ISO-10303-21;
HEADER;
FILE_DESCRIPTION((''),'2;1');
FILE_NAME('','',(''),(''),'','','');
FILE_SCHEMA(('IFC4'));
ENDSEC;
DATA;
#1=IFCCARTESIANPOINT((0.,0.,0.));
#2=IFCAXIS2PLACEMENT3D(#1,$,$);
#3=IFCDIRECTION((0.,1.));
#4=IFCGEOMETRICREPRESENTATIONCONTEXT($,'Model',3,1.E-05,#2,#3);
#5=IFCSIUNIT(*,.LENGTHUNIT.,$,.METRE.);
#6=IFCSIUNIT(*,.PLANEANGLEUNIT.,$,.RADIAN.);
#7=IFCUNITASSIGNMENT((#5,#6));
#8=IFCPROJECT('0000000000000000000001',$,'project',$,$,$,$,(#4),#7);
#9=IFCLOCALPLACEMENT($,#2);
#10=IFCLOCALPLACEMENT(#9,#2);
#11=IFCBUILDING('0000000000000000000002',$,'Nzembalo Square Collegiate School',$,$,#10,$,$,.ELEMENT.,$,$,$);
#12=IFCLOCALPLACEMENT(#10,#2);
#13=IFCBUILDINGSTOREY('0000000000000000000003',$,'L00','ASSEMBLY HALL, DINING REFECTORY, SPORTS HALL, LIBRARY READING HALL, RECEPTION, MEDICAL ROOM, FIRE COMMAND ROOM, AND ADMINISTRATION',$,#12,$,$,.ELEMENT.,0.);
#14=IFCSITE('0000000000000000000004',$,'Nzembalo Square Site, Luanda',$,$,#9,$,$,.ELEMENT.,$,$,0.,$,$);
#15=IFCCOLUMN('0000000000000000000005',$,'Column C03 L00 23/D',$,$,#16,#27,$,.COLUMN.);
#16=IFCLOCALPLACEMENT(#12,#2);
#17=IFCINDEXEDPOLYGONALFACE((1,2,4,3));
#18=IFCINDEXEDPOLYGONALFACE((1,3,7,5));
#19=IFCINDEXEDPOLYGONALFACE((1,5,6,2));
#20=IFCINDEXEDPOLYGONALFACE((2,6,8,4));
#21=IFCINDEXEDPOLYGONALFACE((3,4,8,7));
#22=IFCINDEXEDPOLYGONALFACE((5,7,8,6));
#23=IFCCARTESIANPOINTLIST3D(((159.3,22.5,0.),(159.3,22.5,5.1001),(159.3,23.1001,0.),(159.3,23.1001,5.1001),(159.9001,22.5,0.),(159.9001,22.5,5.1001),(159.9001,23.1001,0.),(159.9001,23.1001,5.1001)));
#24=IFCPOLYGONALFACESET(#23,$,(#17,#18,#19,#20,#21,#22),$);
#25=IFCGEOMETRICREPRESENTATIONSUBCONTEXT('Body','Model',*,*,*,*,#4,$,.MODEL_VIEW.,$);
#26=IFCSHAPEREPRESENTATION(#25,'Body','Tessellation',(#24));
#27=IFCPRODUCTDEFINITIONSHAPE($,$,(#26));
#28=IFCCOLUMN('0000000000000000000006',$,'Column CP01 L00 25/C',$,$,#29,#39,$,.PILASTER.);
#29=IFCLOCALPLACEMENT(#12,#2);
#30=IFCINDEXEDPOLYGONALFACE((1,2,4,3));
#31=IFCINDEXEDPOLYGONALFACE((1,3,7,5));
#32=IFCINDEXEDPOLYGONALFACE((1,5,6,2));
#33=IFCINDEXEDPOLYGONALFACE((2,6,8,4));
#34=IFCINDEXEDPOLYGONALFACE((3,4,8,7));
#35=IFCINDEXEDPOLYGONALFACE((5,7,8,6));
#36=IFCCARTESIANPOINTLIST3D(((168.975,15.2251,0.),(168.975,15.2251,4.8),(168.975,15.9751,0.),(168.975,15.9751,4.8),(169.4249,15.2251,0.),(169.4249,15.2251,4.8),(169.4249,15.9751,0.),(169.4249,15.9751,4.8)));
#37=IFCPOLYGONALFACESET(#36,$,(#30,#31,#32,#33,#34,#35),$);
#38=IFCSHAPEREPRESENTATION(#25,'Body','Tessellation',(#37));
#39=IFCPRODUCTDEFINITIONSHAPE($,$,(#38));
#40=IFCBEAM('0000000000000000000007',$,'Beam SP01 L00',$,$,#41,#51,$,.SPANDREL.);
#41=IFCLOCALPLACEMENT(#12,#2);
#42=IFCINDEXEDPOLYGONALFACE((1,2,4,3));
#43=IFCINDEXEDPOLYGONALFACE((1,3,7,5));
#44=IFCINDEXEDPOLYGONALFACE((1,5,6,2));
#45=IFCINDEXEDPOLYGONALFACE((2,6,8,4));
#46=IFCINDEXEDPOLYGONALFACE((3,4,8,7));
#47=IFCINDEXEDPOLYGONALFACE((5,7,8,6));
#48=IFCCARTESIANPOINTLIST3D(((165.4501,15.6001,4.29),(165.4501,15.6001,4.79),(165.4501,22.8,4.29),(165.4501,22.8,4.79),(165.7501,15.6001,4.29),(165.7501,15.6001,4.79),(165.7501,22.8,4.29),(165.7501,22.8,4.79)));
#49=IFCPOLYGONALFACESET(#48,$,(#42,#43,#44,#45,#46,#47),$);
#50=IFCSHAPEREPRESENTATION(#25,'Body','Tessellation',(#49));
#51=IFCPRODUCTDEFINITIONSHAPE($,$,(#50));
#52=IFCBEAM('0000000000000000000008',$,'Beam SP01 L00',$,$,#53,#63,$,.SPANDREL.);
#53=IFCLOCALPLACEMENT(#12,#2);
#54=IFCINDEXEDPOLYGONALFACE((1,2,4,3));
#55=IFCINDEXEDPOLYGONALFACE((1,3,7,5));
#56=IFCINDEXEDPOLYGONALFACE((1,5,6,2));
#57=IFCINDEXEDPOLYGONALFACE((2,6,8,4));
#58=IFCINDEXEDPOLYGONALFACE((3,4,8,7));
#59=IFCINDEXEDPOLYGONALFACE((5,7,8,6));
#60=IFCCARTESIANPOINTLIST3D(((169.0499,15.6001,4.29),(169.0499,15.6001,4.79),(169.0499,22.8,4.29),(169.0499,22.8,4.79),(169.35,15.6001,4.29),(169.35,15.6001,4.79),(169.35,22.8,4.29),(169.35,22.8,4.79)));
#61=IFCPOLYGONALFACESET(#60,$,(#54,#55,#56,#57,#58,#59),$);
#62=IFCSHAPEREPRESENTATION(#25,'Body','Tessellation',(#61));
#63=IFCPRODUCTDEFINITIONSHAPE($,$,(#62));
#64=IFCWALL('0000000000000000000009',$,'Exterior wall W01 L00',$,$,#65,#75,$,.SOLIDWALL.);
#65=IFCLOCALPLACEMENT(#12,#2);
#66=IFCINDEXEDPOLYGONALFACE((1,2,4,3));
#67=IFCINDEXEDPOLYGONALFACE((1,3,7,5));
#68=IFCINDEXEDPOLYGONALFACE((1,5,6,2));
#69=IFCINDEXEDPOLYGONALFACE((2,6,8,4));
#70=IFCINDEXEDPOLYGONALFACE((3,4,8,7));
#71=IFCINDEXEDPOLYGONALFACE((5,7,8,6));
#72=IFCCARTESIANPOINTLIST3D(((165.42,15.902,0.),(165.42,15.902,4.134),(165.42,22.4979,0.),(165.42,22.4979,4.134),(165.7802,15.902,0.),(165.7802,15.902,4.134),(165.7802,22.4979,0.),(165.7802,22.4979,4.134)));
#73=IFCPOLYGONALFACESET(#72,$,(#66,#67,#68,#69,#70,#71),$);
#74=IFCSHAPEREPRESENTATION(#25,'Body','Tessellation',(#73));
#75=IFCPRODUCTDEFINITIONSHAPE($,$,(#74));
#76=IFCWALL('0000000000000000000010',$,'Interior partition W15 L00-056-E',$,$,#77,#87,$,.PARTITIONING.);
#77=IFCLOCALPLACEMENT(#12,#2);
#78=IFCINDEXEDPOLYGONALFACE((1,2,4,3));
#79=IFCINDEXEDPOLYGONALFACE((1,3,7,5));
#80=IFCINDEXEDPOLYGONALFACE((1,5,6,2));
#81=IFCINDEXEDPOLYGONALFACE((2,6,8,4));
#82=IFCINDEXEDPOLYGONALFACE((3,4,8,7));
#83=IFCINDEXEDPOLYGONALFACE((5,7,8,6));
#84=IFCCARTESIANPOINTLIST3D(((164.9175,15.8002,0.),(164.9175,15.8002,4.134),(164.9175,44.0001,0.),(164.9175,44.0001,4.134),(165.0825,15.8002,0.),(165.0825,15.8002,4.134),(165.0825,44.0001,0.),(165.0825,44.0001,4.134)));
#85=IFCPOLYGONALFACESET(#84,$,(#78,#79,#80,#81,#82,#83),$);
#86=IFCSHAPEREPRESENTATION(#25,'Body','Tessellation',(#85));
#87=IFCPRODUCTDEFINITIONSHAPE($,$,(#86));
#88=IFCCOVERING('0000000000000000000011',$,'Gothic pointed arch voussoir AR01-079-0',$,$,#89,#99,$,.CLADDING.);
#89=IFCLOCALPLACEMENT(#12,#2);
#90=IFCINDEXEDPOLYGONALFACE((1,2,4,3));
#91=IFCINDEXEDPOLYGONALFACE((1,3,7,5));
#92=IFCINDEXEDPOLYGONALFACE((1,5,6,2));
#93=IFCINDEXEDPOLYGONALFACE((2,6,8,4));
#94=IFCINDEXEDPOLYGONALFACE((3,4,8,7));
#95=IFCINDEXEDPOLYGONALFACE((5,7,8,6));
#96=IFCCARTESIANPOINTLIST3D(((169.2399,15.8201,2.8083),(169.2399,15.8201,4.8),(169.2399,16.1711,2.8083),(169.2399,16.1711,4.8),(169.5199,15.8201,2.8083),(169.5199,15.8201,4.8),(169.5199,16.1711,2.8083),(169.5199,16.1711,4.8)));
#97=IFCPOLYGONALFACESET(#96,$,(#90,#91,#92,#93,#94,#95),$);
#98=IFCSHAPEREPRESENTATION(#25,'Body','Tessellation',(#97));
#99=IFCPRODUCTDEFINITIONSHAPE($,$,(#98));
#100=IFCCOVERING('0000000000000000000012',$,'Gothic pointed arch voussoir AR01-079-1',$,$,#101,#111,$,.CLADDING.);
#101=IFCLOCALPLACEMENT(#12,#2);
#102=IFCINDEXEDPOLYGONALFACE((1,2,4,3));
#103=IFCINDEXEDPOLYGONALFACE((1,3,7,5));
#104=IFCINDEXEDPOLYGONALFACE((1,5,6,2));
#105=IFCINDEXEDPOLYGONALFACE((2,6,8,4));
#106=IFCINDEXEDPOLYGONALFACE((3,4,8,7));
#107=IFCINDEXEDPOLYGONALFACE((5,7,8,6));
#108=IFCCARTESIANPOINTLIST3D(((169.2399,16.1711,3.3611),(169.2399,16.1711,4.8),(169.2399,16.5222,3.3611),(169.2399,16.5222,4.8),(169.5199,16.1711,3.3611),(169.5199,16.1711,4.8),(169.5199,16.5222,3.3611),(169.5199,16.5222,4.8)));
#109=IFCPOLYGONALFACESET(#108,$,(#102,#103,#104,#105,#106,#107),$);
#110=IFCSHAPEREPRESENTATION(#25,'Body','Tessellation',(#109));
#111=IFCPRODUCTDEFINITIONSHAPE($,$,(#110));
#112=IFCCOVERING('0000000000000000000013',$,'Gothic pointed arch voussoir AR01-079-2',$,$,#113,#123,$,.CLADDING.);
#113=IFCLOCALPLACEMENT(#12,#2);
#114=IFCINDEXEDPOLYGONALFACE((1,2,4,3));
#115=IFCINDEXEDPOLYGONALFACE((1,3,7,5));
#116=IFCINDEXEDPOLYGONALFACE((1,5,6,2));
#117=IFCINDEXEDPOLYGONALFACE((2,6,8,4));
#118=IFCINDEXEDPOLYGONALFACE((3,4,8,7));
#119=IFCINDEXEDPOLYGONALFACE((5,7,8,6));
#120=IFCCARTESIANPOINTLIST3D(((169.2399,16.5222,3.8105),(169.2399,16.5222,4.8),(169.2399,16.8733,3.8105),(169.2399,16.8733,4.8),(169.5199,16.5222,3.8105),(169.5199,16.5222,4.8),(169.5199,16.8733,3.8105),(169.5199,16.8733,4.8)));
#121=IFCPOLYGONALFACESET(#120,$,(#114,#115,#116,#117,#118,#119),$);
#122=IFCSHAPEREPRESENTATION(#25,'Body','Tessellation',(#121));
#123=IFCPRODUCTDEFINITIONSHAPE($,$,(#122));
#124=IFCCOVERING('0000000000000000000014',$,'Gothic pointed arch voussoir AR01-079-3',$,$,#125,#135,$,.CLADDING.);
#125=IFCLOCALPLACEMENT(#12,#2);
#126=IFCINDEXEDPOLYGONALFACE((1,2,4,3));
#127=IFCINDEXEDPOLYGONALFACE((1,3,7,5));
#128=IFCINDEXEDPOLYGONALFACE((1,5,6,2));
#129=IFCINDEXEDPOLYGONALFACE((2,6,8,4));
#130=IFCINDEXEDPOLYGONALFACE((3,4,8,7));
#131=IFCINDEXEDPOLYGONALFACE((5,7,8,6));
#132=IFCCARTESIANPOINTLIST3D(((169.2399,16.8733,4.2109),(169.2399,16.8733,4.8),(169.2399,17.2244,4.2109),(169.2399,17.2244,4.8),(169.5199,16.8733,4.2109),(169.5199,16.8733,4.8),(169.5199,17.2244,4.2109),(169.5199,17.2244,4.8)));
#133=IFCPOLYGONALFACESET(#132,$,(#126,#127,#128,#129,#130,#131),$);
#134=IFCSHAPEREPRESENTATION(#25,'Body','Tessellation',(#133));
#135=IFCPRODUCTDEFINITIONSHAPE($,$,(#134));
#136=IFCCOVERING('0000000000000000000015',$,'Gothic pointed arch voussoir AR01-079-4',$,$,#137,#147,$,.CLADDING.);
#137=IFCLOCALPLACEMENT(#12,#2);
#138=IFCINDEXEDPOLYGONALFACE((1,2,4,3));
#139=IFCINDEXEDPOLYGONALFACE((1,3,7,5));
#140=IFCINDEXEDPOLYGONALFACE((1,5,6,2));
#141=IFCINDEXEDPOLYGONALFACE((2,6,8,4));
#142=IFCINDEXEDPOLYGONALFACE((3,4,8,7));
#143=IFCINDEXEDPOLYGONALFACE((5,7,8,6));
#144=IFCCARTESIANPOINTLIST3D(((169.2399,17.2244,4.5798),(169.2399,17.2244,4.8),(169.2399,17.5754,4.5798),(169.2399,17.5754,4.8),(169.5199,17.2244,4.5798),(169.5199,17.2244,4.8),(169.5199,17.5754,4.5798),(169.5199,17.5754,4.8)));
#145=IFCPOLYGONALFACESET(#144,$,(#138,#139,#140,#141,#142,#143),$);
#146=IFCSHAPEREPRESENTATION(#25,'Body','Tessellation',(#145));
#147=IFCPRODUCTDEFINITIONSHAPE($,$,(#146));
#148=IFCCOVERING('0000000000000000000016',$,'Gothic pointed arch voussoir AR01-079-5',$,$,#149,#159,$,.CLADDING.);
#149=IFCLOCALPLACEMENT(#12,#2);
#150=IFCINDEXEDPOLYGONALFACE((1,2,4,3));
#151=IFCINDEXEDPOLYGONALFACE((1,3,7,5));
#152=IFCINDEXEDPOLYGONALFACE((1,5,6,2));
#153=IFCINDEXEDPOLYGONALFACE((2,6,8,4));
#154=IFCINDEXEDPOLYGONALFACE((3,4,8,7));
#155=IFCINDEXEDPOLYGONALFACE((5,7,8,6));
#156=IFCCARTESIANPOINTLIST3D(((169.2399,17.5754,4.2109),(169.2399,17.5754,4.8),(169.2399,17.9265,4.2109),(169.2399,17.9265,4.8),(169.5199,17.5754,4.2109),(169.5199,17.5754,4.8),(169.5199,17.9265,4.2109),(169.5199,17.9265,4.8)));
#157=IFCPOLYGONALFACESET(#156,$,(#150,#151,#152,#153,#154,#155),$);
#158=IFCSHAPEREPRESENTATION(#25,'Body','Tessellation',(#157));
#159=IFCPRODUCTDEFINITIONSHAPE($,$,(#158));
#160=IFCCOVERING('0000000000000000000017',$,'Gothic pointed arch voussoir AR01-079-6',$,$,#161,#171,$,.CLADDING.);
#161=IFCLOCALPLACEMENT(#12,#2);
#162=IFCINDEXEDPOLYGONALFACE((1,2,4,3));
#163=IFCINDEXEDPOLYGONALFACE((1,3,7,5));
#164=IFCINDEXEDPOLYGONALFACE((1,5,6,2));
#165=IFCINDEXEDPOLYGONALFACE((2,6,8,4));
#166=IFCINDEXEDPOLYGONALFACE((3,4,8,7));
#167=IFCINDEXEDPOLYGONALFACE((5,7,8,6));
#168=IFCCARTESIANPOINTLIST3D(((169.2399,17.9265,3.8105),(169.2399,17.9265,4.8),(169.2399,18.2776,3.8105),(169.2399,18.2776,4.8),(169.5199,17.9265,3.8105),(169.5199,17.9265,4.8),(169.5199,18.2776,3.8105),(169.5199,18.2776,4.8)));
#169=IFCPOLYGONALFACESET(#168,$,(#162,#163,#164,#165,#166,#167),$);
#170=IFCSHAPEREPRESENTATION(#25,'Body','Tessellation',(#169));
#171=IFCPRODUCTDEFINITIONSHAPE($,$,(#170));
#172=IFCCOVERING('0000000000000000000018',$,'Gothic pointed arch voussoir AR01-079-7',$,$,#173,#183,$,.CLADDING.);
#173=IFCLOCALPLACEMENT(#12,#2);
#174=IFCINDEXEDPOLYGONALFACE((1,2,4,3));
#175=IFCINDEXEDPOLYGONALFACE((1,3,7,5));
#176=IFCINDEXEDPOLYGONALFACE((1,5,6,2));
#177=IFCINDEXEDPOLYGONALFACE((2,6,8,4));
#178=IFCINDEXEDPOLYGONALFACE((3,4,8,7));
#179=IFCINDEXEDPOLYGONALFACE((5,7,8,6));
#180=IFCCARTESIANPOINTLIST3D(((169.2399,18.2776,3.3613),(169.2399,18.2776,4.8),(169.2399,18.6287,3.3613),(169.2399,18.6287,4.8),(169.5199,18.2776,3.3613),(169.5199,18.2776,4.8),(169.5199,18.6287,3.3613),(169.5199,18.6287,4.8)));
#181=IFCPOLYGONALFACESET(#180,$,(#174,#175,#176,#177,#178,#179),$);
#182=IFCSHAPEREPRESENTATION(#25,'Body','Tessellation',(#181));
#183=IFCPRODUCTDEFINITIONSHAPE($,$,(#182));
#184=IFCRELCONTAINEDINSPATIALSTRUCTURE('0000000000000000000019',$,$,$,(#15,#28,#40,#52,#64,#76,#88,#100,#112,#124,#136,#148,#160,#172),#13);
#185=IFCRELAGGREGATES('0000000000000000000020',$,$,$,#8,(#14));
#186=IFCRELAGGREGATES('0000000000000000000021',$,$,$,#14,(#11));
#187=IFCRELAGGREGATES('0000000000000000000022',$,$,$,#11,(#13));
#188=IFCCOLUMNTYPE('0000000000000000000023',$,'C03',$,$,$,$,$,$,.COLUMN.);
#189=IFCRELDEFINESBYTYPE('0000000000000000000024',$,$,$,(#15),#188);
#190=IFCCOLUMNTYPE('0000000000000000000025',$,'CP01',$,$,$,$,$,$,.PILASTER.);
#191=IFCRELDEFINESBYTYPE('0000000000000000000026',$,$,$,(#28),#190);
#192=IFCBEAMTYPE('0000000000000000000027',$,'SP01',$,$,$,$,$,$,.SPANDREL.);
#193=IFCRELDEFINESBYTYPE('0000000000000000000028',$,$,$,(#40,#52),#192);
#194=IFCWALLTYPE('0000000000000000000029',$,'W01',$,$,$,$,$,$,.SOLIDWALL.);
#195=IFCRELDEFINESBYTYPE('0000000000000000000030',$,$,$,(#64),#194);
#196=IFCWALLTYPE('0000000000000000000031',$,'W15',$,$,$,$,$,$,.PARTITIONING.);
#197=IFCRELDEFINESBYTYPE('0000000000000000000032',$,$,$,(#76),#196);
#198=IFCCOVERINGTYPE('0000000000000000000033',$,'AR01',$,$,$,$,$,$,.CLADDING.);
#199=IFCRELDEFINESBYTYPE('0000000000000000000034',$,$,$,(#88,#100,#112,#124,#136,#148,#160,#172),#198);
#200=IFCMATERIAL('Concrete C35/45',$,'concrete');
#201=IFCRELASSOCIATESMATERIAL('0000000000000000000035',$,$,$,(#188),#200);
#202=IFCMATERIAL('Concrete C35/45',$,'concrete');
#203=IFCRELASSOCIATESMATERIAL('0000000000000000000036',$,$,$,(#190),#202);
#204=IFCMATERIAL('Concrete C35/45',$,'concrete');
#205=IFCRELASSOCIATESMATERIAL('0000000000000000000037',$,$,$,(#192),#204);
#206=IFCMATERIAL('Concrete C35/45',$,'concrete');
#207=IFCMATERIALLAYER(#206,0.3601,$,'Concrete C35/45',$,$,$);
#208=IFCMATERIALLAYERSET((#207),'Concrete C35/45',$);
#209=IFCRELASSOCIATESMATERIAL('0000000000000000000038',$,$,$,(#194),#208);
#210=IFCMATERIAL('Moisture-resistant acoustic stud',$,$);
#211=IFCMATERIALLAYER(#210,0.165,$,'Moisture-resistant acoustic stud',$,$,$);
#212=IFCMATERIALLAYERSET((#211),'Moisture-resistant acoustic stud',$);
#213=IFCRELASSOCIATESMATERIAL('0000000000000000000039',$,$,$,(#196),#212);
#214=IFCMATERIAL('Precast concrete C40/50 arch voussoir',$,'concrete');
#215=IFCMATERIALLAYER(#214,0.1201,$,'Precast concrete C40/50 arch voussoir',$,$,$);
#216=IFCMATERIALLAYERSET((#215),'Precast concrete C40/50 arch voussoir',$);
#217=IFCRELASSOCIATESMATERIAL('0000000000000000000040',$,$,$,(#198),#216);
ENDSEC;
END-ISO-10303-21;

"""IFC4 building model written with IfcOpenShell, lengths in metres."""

from ifc_helpers import new_model, si_unit, direction, frame, frame_2d, origin, origin_2d, place, context, subcontext, project, spatial, rectangle, extrude, material, layer, layer_set, material_profile, profile_set, type_object, element, save


model = new_model("IFC4")

# Units and contexts
model_context = context("Model", 3, precision=1e-05, world=origin(), true_north=direction((0.0, 1.0)))
body_context = subcontext(model_context, "Body", "Model", "MODEL_VIEW")
ifc_project = project(units=[si_unit("LENGTHUNIT", "METRE"), si_unit("PLANEANGLEUNIT", "RADIAN")], contexts=[model_context])

# Site, building, storey
site_placement = place(None, origin())
site = spatial("IfcSite", under=ifc_project, at=site_placement, Name="Nzembalo Square Site, Luanda", CompositionType="ELEMENT", RefElevation=0.0)
building_placement = place(site_placement, origin())
building = spatial("IfcBuilding", under=site, at=building_placement, Name="Nzembalo Square Collegiate School", CompositionType="ELEMENT")
storey_placement = place(building_placement, origin())
storey = spatial("IfcBuildingStorey", under=building, at=storey_placement, Name="L00", Description="ASSEMBLY HALL, DINING REFECTORY, SPORTS HALL, LIBRARY READING HALL, RECEPTION, MEDICAL ROOM, FIRE COMMAND ROOM, AND ADMINISTRATION", CompositionType="ELEMENT", Elevation=0.0)

# Columns
ifc_material_1 = material(Name="Concrete C35/45", Category="concrete")
ifc_material_profile_1 = material_profile(ifc_material_1, rectangle(XDim=0.6001, YDim=0.6001, at=origin_2d()), Name="RC 600x600")
ifc_profile_set_1 = profile_set([ifc_material_profile_1], Name="Concrete C35/45")
column_type_1 = type_object("IfcColumnType", Name="C03", PredefinedType="COLUMN", material=ifc_profile_set_1)
column_1_placement = place(storey_placement, frame((159.6001, 22.8, 0.0), z_axis=(0.0, 0.0, 1.0), x_axis=(1.0, 0.0, 0.0)))
element("IfcColumn", 1, at=column_1_placement, inside=storey, type_object=column_type_1, Name="Column C03 L00 23/D", PredefinedType="COLUMN", context=body_context, shape_type="SweptSolid", body=[
    extrude(rectangle(XDim=0.6001, YDim=0.6001, at=origin_2d()), origin(), (0.0, 0.0, 1.0), 5.1001),
])
ifc_material_2 = material(Name="Concrete C35/45", Category="concrete")
ifc_material_profile_2 = material_profile(ifc_material_2, rectangle(XDim=0.45, YDim=0.75, at=origin_2d()), Name="RC 450x750")
ifc_profile_set_2 = profile_set([ifc_material_profile_2], Name="Concrete C35/45")
column_type_2 = type_object("IfcColumnType", Name="CP01", PredefinedType="PILASTER", material=ifc_profile_set_2)
column_2_placement = place(storey_placement, frame((169.2, 15.6001, 0.0), z_axis=(0.0, 0.0, 1.0), x_axis=(1.0, 0.0, 0.0)))
element("IfcColumn", 2, at=column_2_placement, inside=storey, type_object=column_type_2, Name="Column CP01 L00 25/C", PredefinedType="PILASTER", context=body_context, shape_type="SweptSolid", body=[
    extrude(rectangle(XDim=0.45, YDim=0.75, at=origin_2d()), origin(), (0.0, 0.0, 1.0), 4.8),
])

# Beams
ifc_material_3 = material(Name="Concrete C35/45", Category="concrete")
ifc_material_profile_3 = material_profile(ifc_material_3, rectangle(XDim=0.3, YDim=0.5, at=origin_2d()), Name="RC 300x500")
ifc_profile_set_3 = profile_set([ifc_material_profile_3], Name="Concrete C35/45")
beam_type = type_object("IfcBeamType", Name="SP01", PredefinedType="SPANDREL", material=ifc_profile_set_3)
for number, where, z_axis, x_axis, name in (
    (3, (165.6001, 15.6001, 4.54), (0.0, 1.0, 0.0), (-1.0, 0.0, 0.0), "Beam SP01 L00"),
    (4, (169.2, 15.6001, 4.54), (0.0, 1.0, 0.0), (-1.0, 0.0, 0.0), "Beam SP01 L00"),
):
    element("IfcBeam", number, at=place(storey_placement, frame(where, z_axis=z_axis, x_axis=x_axis)), inside=storey, type_object=beam_type, Name=name, PredefinedType="SPANDREL", context=body_context, shape_type="SweptSolid", body=[
        extrude(rectangle(XDim=0.3, YDim=0.5, at=origin_2d()), origin(), (0.0, 0.0, 1.0), 7.2),
    ])

# Walls
ifc_material_4 = material(Name="Concrete C35/45", Category="concrete")
ifc_layer_1 = layer(ifc_material_4, 0.3601, Name="Concrete C35/45")
ifc_layer_set_1 = layer_set([ifc_layer_1], Name="Concrete C35/45")
wall_type_1 = type_object("IfcWallType", Name="W01", PredefinedType="SOLIDWALL", material=ifc_layer_set_1)
wall_1_placement = place(storey_placement, frame((165.6001, 15.9021, 0.0), z_axis=(0.0, 0.0, 1.0), x_axis=(0.0, 1.0, 0.0)))
element("IfcWall", 5, at=wall_1_placement, inside=storey, type_object=wall_type_1, Name="Exterior wall W01 L00", PredefinedType="SOLIDWALL", context=body_context, shape_type="SweptSolid", body=[
    extrude(rectangle(XDim=6.5959, YDim=0.3601, at=frame_2d((3.2979, 0.0))), origin(), (0.0, 0.0, 1.0), 4.134),
])
ifc_material_5 = material(Name="Moisture-resistant acoustic stud")
ifc_layer_2 = layer(ifc_material_5, 0.165, Name="Moisture-resistant acoustic stud")
ifc_layer_set_2 = layer_set([ifc_layer_2], Name="Moisture-resistant acoustic stud")
wall_type_2 = type_object("IfcWallType", Name="W15", PredefinedType="PARTITIONING", material=ifc_layer_set_2)
wall_2_placement = place(storey_placement, frame((165.0, 15.8, 0.0), z_axis=(0.0, 0.0, 1.0), x_axis=(0.0, 1.0, 0.0)))
element("IfcWall", 6, at=wall_2_placement, inside=storey, type_object=wall_type_2, Name="Interior partition W15 L00-056-E", PredefinedType="PARTITIONING", context=body_context, shape_type="SweptSolid", body=[
    extrude(rectangle(XDim=28.2, YDim=0.165, at=frame_2d((14.1001, 0.0))), origin(), (0.0, 0.0, 1.0), 4.134),
])

# Coverings
ifc_material_6 = material(Name="Precast concrete C40/50 arch voussoir", Category="concrete")
ifc_layer_3 = layer(ifc_material_6, 0.1201, Name="Precast concrete C40/50 arch voussoir")
ifc_layer_set_3 = layer_set([ifc_layer_3], Name="Precast concrete C40/50 arch voussoir")
covering_type = type_object("IfcCoveringType", Name="AR01", PredefinedType="CLADDING", material=ifc_layer_set_3)
covering_1_placement = place(storey_placement, frame((169.3799, 15.9956, 2.8083), z_axis=(0.0, 0.0, 1.0), x_axis=(1.0, 0.0, 0.0)))
element("IfcCovering", 7, at=covering_1_placement, inside=storey, type_object=covering_type, Name="Gothic pointed arch voussoir AR01-079-0", PredefinedType="CLADDING", context=body_context, shape_type="SweptSolid", body=[
    extrude(rectangle(XDim=0.28, YDim=0.3511, at=origin_2d()), origin(), (0.0, 0.0, 1.0), 1.9917),
])
covering_2_placement = place(storey_placement, frame((169.3799, 16.3467, 3.3611), z_axis=(0.0, 0.0, 1.0), x_axis=(1.0, 0.0, 0.0)))
element("IfcCovering", 8, at=covering_2_placement, inside=storey, type_object=covering_type, Name="Gothic pointed arch voussoir AR01-079-1", PredefinedType="CLADDING", context=body_context, shape_type="SweptSolid", body=[
    extrude(rectangle(XDim=0.28, YDim=0.3511, at=origin_2d()), origin(), (0.0, 0.0, 1.0), 1.439),
])
covering_3_placement = place(storey_placement, frame((169.3799, 16.6978, 3.8105), z_axis=(0.0, 0.0, 1.0), x_axis=(1.0, 0.0, 0.0)))
element("IfcCovering", 9, at=covering_3_placement, inside=storey, type_object=covering_type, Name="Gothic pointed arch voussoir AR01-079-2", PredefinedType="CLADDING", context=body_context, shape_type="SweptSolid", body=[
    extrude(rectangle(XDim=0.28, YDim=0.3511, at=origin_2d()), origin(), (0.0, 0.0, 1.0), 0.9895),
])
covering_4_placement = place(storey_placement, frame((169.3799, 17.0488, 4.2109), z_axis=(0.0, 0.0, 1.0), x_axis=(1.0, 0.0, 0.0)))
element("IfcCovering", 10, at=covering_4_placement, inside=storey, type_object=covering_type, Name="Gothic pointed arch voussoir AR01-079-3", PredefinedType="CLADDING", context=body_context, shape_type="SweptSolid", body=[
    extrude(rectangle(XDim=0.28, YDim=0.3511, at=origin_2d()), origin(), (0.0, 0.0, 1.0), 0.5891),
])
covering_5_placement = place(storey_placement, frame((169.3799, 17.3999, 4.5798), z_axis=(0.0, 0.0, 1.0), x_axis=(1.0, 0.0, 0.0)))
element("IfcCovering", 11, at=covering_5_placement, inside=storey, type_object=covering_type, Name="Gothic pointed arch voussoir AR01-079-4", PredefinedType="CLADDING", context=body_context, shape_type="SweptSolid", body=[
    extrude(rectangle(XDim=0.28, YDim=0.3511, at=origin_2d()), origin(), (0.0, 0.0, 1.0), 0.2202),
])
covering_6_placement = place(storey_placement, frame((169.3799, 17.751, 4.2109), z_axis=(0.0, 0.0, 1.0), x_axis=(1.0, 0.0, 0.0)))
element("IfcCovering", 12, at=covering_6_placement, inside=storey, type_object=covering_type, Name="Gothic pointed arch voussoir AR01-079-5", PredefinedType="CLADDING", context=body_context, shape_type="SweptSolid", body=[
    extrude(rectangle(XDim=0.28, YDim=0.3511, at=origin_2d()), origin(), (0.0, 0.0, 1.0), 0.5891),
])
covering_7_placement = place(storey_placement, frame((169.3799, 18.1021, 3.8105), z_axis=(0.0, 0.0, 1.0), x_axis=(1.0, 0.0, 0.0)))
element("IfcCovering", 13, at=covering_7_placement, inside=storey, type_object=covering_type, Name="Gothic pointed arch voussoir AR01-079-6", PredefinedType="CLADDING", context=body_context, shape_type="SweptSolid", body=[
    extrude(rectangle(XDim=0.28, YDim=0.3511, at=origin_2d()), origin(), (0.0, 0.0, 1.0), 0.9895),
])
covering_8_placement = place(storey_placement, frame((169.3799, 18.4531, 3.3613), z_axis=(0.0, 0.0, 1.0), x_axis=(1.0, 0.0, 0.0)))
element("IfcCovering", 14, at=covering_8_placement, inside=storey, type_object=covering_type, Name="Gothic pointed arch voussoir AR01-079-7", PredefinedType="CLADDING", context=body_context, shape_type="SweptSolid", body=[
    extrude(rectangle(XDim=0.28, YDim=0.3511, at=origin_2d()), origin(), (0.0, 0.0, 1.0), 1.4387),
])

save(model, "model.ifc")
